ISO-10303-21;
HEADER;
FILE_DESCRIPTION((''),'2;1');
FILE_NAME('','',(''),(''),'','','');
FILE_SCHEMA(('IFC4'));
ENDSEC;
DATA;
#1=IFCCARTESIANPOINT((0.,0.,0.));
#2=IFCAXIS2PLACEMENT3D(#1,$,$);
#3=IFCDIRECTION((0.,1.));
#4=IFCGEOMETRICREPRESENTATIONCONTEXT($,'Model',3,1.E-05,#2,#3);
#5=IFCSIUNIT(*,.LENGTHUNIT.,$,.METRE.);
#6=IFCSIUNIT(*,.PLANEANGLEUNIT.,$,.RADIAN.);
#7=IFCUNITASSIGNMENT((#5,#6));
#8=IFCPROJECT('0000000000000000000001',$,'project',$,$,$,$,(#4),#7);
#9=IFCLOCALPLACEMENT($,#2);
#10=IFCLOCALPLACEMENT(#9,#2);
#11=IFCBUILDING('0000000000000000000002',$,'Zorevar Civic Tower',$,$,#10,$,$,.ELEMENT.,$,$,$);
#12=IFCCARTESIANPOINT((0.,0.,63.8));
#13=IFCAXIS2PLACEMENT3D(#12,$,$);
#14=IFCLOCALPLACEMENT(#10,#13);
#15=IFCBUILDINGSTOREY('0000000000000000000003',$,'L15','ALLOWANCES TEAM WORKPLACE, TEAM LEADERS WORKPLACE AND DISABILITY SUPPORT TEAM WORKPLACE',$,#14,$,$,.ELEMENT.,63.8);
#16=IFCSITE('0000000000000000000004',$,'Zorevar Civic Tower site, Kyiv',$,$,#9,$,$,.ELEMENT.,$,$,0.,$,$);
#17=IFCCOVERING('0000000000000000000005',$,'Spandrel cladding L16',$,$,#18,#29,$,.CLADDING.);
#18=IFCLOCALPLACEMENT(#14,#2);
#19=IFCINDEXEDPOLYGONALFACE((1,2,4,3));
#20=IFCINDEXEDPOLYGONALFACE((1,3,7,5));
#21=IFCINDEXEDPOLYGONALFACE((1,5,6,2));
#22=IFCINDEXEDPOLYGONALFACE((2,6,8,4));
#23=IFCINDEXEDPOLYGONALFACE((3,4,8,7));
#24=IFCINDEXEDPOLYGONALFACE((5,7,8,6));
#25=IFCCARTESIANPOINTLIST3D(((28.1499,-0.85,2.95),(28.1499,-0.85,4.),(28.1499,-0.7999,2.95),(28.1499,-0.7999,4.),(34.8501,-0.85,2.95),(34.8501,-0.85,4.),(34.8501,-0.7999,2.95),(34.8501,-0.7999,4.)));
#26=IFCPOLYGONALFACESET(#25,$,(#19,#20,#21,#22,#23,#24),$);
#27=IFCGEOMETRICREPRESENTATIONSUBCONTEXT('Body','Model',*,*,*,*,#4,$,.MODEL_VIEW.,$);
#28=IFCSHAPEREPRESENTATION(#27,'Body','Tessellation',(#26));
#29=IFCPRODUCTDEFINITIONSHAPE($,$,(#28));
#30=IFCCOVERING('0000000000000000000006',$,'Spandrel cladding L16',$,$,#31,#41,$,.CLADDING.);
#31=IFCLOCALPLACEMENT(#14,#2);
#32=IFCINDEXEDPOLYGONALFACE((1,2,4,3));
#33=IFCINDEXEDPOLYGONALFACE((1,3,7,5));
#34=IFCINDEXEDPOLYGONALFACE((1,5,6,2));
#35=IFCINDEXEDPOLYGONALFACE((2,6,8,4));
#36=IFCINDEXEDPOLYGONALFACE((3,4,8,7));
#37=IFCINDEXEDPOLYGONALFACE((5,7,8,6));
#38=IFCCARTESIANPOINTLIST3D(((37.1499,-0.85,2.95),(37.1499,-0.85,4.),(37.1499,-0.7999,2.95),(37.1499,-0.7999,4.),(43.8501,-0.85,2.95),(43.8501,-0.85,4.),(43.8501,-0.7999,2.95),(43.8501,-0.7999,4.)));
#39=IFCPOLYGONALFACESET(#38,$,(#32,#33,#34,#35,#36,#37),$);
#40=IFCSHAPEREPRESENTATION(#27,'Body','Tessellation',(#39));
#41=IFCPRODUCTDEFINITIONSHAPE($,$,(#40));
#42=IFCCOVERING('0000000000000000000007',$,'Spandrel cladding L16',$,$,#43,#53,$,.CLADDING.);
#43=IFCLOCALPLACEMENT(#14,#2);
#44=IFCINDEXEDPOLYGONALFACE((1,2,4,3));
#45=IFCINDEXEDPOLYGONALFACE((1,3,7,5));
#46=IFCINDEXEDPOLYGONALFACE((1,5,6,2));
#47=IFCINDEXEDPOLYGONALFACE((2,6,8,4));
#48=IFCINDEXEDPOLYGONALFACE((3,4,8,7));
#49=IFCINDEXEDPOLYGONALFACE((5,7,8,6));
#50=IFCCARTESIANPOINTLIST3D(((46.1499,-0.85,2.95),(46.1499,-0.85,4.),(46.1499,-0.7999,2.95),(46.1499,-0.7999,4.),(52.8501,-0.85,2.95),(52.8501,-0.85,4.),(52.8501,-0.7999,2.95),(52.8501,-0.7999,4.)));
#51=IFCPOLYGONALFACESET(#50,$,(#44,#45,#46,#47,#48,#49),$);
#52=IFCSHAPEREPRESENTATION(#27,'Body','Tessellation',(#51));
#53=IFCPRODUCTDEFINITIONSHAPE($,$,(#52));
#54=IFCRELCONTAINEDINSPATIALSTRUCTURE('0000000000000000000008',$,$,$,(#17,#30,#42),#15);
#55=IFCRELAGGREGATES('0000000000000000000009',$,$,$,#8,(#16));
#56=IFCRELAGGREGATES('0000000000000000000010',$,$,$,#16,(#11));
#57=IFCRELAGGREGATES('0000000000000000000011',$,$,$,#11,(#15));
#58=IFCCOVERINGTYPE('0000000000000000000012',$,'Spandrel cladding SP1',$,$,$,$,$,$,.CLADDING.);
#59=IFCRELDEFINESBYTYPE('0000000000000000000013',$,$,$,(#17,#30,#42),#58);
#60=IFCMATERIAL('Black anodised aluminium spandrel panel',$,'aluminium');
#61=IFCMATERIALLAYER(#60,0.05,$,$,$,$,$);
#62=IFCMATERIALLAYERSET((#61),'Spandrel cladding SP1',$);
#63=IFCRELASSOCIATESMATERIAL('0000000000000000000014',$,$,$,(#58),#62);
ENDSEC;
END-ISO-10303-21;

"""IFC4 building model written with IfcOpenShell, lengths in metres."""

from ifc_helpers import new_model, si_unit, direction, frame, frame_2d, origin, place, context, subcontext, project, spatial, rectangle, extrude, material, layer, layer_set, type_object, element, save


model = new_model("IFC4")

# Units and contexts
model_context = context("Model", 3, precision=1e-05, world=origin(), true_north=direction((0.0, 1.0)))
body_context = subcontext(model_context, "Body", "Model", "MODEL_VIEW")
ifc_project = project(units=[si_unit("LENGTHUNIT", "METRE"), si_unit("PLANEANGLEUNIT", "RADIAN")], contexts=[model_context])

# Site, building, storey
site_placement = place(None, origin())
site = spatial("IfcSite", under=ifc_project, at=site_placement, Name="Zorevar Civic Tower site, Kyiv", CompositionType="ELEMENT", RefElevation=0.0)
building_placement = place(site_placement, origin())
building = spatial("IfcBuilding", under=site, at=building_placement, Name="Zorevar Civic Tower", CompositionType="ELEMENT")
storey_placement = place(building_placement, frame((0.0, 0.0, 63.8)))
storey = spatial("IfcBuildingStorey", under=building, at=storey_placement, Name="L15", Description="ALLOWANCES TEAM WORKPLACE, TEAM LEADERS WORKPLACE AND DISABILITY SUPPORT TEAM WORKPLACE", CompositionType="ELEMENT", Elevation=63.8)

# Coverings
ifc_material_1 = material(Name="Black anodised aluminium spandrel panel", Category="aluminium")
ifc_layer_1 = layer(ifc_material_1, 0.05)
ifc_layer_set_1 = layer_set([ifc_layer_1], Name="Spandrel cladding SP1")
covering_type = type_object("IfcCoveringType", Name="Spandrel cladding SP1", PredefinedType="CLADDING", material=ifc_layer_set_1)
for number, where, z_axis, x_axis, name in (
    (1, (28.1499, -0.825, 2.95), (0.0, 0.0, 1.0), (1.0, 0.0, 0.0), "Spandrel cladding L16"),
    (2, (37.1499, -0.825, 2.95), (0.0, 0.0, 1.0), (1.0, 0.0, 0.0), "Spandrel cladding L16"),
    (3, (46.1499, -0.825, 2.95), (0.0, 0.0, 1.0), (1.0, 0.0, 0.0), "Spandrel cladding L16"),
):
    element("IfcCovering", number, at=place(storey_placement, frame(where, z_axis=z_axis, x_axis=x_axis)), inside=storey, type_object=covering_type, Name=name, PredefinedType="CLADDING", context=body_context, shape_type="SweptSolid", body=[
        extrude(rectangle(XDim=6.7002, YDim=0.05, at=frame_2d((3.3501, 0.0))), origin(), (0.0, 0.0, 1.0), 1.05),
    ])

save(model, "model.ifc")
